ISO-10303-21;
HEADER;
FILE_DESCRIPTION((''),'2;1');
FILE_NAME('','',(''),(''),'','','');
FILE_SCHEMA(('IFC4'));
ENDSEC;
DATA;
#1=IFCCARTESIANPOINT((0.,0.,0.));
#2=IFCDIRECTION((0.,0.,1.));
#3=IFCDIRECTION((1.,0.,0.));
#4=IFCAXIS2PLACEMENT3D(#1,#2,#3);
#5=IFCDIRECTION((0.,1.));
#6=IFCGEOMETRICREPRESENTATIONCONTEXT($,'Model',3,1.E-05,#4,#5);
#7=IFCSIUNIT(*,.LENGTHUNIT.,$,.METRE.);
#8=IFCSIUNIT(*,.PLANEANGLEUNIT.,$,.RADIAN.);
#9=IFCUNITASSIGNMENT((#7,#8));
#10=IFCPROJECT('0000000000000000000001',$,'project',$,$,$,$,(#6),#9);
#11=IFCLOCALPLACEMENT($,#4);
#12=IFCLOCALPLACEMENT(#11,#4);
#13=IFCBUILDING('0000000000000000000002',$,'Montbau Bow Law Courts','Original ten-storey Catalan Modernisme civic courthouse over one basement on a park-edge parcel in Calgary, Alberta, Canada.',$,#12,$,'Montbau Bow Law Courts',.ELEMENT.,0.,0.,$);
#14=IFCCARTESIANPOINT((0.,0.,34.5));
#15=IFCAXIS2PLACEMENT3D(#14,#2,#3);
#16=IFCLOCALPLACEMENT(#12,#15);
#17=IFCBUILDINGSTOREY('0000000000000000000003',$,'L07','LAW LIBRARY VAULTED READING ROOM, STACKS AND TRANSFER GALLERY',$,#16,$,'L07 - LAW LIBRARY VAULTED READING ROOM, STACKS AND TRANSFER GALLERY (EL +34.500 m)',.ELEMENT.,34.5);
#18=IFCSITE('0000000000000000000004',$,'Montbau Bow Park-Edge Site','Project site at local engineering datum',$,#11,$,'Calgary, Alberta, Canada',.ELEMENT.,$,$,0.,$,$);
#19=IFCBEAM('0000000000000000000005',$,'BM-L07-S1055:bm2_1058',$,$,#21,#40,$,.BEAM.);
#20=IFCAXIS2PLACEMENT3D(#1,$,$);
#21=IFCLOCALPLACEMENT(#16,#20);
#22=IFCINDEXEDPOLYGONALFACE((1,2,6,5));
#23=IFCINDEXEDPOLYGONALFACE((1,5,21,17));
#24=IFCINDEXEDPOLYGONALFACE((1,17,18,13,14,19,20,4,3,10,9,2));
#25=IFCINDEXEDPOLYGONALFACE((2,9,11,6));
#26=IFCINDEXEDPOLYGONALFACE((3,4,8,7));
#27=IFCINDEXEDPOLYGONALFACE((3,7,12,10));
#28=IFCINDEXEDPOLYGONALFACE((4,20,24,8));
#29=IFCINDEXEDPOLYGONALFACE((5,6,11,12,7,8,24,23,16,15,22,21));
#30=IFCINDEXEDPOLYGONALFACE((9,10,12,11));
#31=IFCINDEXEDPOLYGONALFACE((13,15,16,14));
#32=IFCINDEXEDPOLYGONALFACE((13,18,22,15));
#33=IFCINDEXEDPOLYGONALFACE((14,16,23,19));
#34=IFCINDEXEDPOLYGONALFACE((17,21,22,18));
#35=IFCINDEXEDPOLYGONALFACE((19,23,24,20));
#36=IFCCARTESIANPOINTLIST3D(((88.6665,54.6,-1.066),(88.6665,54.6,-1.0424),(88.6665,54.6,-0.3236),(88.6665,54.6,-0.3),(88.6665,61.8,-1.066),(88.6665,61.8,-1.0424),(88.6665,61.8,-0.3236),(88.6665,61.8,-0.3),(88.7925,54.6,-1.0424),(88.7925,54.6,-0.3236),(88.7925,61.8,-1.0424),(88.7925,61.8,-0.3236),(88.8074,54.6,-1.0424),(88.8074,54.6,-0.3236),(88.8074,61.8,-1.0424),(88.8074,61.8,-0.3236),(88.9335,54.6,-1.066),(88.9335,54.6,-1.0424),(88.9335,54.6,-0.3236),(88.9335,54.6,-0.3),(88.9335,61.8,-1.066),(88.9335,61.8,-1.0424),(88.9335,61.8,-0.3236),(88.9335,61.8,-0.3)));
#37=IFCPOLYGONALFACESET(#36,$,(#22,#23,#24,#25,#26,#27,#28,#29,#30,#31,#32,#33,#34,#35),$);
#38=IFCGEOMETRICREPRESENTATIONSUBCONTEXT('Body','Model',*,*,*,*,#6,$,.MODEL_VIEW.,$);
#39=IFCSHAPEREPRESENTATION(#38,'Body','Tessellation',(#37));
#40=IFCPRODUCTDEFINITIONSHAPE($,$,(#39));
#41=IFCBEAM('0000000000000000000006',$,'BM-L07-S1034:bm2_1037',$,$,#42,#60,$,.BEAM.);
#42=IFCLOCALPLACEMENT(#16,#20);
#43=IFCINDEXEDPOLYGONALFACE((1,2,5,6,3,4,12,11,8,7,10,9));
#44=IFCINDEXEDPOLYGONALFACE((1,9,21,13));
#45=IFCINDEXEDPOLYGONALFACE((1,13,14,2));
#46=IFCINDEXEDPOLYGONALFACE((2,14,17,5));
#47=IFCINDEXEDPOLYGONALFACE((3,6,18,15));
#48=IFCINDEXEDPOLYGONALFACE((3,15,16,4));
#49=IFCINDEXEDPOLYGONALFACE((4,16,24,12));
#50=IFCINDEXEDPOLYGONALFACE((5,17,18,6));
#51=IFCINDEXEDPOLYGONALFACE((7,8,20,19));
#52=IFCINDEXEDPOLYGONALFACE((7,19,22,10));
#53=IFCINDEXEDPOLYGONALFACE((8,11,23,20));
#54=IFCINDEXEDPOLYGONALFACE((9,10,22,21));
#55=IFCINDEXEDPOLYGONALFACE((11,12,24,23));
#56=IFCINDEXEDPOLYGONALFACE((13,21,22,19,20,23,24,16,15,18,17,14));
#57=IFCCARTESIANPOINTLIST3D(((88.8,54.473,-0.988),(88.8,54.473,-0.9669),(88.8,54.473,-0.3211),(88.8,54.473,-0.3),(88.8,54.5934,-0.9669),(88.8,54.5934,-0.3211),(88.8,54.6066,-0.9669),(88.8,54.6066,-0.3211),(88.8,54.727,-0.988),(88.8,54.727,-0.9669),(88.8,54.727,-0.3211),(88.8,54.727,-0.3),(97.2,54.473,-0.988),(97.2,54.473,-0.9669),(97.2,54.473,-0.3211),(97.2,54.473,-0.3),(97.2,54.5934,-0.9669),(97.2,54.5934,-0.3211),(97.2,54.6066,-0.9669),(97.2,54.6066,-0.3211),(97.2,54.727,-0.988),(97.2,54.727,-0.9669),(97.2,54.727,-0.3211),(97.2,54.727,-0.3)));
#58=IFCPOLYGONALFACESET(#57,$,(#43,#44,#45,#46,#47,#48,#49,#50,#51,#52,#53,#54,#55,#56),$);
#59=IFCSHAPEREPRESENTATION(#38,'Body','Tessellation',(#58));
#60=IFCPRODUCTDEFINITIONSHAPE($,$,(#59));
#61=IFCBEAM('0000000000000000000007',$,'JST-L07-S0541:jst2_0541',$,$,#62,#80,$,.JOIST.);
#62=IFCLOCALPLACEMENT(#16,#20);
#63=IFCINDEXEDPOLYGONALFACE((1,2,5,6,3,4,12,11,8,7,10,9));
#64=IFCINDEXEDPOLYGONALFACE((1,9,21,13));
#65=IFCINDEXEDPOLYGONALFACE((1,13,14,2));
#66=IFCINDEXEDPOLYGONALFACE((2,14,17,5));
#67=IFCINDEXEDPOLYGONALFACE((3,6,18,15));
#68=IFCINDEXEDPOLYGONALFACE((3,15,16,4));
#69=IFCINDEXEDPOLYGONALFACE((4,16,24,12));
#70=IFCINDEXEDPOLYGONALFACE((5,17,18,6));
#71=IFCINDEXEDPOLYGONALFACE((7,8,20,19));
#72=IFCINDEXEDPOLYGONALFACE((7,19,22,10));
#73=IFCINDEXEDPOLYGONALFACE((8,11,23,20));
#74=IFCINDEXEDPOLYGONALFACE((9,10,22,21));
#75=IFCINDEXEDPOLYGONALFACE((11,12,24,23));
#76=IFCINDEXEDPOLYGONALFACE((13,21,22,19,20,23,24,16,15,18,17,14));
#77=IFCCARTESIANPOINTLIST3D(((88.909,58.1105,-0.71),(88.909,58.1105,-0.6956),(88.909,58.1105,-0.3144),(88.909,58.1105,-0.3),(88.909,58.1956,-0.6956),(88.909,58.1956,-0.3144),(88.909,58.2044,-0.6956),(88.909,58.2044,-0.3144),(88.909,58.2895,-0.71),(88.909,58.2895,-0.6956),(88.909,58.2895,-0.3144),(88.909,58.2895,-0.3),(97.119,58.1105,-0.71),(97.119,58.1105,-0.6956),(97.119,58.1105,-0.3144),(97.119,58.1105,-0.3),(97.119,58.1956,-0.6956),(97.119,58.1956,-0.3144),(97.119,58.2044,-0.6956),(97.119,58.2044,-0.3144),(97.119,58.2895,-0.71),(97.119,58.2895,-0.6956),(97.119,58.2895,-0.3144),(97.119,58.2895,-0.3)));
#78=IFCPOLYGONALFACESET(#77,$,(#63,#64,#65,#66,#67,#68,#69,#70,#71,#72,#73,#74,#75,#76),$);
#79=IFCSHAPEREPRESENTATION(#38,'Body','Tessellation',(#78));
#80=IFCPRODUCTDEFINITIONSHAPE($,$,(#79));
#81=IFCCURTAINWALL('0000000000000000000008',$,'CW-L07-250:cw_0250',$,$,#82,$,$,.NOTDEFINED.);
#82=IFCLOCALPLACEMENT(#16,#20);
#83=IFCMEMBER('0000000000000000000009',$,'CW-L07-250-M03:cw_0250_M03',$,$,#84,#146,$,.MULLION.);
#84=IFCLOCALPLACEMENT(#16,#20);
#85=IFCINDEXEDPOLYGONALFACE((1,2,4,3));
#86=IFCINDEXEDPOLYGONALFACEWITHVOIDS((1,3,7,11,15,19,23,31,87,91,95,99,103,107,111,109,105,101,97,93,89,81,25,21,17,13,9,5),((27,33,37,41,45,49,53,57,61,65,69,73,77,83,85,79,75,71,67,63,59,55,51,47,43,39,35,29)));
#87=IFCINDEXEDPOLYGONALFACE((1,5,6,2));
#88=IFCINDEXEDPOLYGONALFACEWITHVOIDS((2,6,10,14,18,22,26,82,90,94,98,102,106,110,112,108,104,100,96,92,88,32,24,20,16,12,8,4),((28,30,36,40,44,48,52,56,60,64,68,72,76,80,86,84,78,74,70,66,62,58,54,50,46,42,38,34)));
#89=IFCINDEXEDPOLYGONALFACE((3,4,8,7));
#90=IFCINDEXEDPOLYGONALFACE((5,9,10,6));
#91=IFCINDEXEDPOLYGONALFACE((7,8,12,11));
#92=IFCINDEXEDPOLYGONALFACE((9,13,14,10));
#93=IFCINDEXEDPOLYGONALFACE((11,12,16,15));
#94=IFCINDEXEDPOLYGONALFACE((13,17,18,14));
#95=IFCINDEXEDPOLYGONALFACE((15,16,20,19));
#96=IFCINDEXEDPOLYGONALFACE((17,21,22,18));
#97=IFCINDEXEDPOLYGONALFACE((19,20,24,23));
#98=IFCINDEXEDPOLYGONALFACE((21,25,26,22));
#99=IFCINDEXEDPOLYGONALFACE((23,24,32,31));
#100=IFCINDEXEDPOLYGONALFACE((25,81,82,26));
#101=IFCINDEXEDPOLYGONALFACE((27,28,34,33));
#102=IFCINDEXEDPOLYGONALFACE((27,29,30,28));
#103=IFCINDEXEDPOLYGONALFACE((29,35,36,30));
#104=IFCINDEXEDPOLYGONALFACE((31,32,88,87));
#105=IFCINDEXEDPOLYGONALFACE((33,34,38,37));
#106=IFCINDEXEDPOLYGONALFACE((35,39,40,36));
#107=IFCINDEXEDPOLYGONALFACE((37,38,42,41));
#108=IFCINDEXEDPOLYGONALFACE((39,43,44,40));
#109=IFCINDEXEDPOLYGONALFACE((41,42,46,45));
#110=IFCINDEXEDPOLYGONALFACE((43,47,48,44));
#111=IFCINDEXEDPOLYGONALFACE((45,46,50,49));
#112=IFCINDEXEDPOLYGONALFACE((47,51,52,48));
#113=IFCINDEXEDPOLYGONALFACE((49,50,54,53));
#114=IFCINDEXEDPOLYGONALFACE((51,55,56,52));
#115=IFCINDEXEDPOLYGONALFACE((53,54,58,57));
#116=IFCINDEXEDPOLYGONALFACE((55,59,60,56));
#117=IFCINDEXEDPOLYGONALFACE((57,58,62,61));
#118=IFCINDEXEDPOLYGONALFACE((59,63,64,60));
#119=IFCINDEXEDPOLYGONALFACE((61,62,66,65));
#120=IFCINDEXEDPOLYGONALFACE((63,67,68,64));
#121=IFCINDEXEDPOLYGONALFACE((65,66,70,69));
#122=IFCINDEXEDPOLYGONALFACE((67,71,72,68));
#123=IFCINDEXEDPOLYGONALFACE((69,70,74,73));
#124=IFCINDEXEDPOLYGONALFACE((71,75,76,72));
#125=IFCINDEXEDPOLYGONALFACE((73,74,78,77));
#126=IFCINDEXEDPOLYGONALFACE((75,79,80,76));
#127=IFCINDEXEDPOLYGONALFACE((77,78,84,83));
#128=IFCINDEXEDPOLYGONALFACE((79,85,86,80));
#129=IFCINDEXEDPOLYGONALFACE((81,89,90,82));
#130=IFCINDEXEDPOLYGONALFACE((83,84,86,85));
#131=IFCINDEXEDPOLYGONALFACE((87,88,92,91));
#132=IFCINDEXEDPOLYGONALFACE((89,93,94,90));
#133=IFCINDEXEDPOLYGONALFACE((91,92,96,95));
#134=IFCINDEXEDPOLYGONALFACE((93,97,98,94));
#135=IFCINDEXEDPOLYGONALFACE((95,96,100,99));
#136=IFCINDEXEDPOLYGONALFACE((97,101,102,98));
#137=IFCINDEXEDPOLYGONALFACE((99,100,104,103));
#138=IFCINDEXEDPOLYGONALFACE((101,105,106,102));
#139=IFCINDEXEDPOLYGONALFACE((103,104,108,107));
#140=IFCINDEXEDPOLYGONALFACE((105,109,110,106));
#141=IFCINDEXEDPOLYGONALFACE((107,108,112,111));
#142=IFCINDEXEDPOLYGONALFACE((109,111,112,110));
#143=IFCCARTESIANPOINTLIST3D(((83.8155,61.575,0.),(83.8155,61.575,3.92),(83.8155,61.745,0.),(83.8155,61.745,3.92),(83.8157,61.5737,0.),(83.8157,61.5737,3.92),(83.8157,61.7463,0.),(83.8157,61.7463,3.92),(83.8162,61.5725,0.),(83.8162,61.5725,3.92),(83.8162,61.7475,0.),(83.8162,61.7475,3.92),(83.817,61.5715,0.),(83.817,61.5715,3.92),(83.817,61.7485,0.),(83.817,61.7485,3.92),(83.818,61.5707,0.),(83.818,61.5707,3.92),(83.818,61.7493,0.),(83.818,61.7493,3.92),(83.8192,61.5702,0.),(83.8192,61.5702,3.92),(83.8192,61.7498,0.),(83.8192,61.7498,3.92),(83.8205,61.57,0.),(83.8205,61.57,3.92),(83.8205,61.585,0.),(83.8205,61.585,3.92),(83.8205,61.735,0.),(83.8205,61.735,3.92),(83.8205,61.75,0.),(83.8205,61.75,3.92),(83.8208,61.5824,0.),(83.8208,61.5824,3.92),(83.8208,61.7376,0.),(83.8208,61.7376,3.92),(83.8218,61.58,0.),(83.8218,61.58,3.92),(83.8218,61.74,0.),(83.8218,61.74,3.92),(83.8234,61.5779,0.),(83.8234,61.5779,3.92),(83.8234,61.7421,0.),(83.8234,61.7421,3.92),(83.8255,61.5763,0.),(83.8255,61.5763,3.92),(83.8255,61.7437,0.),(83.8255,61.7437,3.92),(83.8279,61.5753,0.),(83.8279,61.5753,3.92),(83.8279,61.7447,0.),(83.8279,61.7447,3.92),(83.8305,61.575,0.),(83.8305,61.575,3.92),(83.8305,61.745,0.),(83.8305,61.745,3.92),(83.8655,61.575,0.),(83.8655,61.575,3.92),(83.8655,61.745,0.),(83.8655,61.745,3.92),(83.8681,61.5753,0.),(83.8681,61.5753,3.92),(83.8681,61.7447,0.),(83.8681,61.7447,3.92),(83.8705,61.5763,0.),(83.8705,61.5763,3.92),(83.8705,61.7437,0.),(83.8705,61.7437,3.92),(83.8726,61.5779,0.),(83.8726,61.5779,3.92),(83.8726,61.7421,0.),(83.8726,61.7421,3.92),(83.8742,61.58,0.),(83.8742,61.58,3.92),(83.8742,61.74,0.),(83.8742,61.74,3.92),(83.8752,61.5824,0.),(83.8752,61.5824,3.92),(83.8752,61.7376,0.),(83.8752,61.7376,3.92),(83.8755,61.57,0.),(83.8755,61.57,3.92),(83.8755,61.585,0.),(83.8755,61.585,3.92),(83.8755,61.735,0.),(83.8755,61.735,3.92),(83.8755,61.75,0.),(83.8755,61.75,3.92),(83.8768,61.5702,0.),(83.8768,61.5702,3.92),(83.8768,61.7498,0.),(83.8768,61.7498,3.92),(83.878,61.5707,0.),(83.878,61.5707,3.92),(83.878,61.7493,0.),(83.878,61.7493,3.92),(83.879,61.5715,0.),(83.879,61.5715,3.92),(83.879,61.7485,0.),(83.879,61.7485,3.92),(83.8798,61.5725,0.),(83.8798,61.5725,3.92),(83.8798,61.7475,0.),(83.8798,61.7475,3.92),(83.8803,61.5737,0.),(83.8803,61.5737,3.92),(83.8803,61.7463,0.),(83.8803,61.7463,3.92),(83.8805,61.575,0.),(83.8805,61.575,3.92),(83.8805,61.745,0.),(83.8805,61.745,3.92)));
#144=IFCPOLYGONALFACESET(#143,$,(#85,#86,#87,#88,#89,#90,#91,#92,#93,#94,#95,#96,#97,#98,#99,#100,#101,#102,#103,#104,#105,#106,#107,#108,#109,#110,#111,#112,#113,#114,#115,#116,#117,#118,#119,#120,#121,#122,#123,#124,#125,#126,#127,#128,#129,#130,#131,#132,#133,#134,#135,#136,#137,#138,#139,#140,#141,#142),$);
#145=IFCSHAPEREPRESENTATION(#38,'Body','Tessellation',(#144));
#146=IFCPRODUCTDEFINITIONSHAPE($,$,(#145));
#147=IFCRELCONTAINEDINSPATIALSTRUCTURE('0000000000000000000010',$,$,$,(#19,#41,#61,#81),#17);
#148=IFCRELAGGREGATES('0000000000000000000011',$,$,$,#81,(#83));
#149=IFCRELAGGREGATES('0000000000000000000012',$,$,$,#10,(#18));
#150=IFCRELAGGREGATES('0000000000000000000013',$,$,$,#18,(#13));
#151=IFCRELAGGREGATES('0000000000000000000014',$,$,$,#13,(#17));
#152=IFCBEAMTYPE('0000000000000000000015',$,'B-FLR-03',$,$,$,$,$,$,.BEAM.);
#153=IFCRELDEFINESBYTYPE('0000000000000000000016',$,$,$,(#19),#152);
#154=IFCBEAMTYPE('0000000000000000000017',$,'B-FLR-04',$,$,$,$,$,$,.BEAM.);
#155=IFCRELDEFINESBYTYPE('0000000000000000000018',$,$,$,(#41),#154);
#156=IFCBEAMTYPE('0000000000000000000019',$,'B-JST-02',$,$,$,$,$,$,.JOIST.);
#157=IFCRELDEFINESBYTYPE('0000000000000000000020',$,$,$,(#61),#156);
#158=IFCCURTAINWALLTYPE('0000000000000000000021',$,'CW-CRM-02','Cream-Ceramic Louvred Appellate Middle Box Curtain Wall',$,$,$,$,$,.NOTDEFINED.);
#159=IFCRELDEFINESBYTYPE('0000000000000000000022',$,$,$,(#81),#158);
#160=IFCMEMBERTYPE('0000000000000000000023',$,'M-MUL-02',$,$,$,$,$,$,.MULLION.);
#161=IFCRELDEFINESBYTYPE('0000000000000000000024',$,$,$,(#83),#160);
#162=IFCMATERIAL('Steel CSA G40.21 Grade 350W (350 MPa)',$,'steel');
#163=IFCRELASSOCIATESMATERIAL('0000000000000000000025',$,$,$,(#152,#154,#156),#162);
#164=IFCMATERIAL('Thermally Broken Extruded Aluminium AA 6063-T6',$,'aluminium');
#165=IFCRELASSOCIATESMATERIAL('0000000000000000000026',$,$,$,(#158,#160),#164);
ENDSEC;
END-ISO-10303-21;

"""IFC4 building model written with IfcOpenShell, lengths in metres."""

from ifc_helpers import new_model, si_unit, direction, frame, origin_with_axes, origin_2d_with_axis, place, context, subcontext, project, spatial, hollow_rectangle, i_section, extrude, material, material_profile, profile_set, type_object, element, aggregate, save


model = new_model("IFC4")

# Units and contexts
model_context = context("Model", 3, precision=1e-05, world=origin_with_axes(), true_north=direction((0.0, 1.0)))
body_context = subcontext(model_context, "Body", "Model", "MODEL_VIEW")
ifc_project = project(units=[si_unit("LENGTHUNIT", "METRE"), si_unit("PLANEANGLEUNIT", "RADIAN")], contexts=[model_context])

# Site, building, storey
site_placement = place(None, origin_with_axes())
site = spatial("IfcSite", under=ifc_project, at=site_placement, Name="Montbau Bow Park-Edge Site", Description="Project site at local engineering datum", LongName="Calgary, Alberta, Canada", CompositionType="ELEMENT", RefElevation=0.0)
building_placement = place(site_placement, origin_with_axes())
building = spatial("IfcBuilding", under=site, at=building_placement, Name="Montbau Bow Law Courts", Description="Original ten-storey Catalan Modernisme civic courthouse over one basement on a park-edge parcel in Calgary, Alberta, Canada.", LongName="Montbau Bow Law Courts", CompositionType="ELEMENT", ElevationOfRefHeight=0.0, ElevationOfTerrain=0.0)
storey_placement = place(building_placement, frame((0.0, 0.0, 34.5), z_axis=(0.0, 0.0, 1.0), x_axis=(1.0, 0.0, 0.0)))
storey = spatial("IfcBuildingStorey", under=building, at=storey_placement, Name="L07", Description="LAW LIBRARY VAULTED READING ROOM, STACKS AND TRANSFER GALLERY", LongName="L07 - LAW LIBRARY VAULTED READING ROOM, STACKS AND TRANSFER GALLERY (EL +34.500 m)", CompositionType="ELEMENT", Elevation=34.5)

# Beams
ifc_material_1 = material(Name="Steel CSA G40.21 Grade 350W (350 MPa)", Category="steel")
ifc_material_profile_1 = material_profile(ifc_material_1, i_section(OverallWidth=0.267, OverallDepth=0.766, WebThickness=0.0149, FlangeThickness=0.0236, at=origin_2d_with_axis()), Name="W760X185", Category="Main", Priority=0)
ifc_profile_set_1 = profile_set([ifc_material_profile_1], Name="Steel CSA G40.21 Grade 350W (350 MPa)")
beam_type_1 = type_object("IfcBeamType", Name="B-FLR-03", PredefinedType="BEAM", material=ifc_profile_set_1)
beam_1_placement = place(None, frame((88.8, 54.6, 33.817), z_axis=(0.0, 1.0, 0.0), x_axis=(-1.0, 0.0, 0.0)))
element("IfcBeam", 1, at=beam_1_placement, inside=storey, type_object=beam_type_1, Name="BM-L07-S1055:bm2_1058", PredefinedType="BEAM", context=body_context, shape_type="SweptSolid", body=[
    extrude(i_section(OverallWidth=0.267, OverallDepth=0.766, WebThickness=0.0149, FlangeThickness=0.0236, at=origin_2d_with_axis()), origin_with_axes(), (0.0, 0.0, 1.0), 7.2),
])
ifc_material_profile_2 = material_profile(ifc_material_1, i_section(OverallWidth=0.254, OverallDepth=0.688, WebThickness=0.0131, FlangeThickness=0.0211, at=origin_2d_with_axis()), Name="W690X152", Category="Main", Priority=0)
ifc_profile_set_2 = profile_set([ifc_material_profile_2], Name="Steel CSA G40.21 Grade 350W (350 MPa)")
beam_type_2 = type_object("IfcBeamType", Name="B-FLR-04", PredefinedType="BEAM", material=ifc_profile_set_2)
beam_2_placement = place(None, frame((88.8, 54.6, 33.856), z_axis=(1.0, 0.0, 0.0), x_axis=(0.0, 1.0, 0.0)))
element("IfcBeam", 2, at=beam_2_placement, inside=storey, type_object=beam_type_2, Name="BM-L07-S1034:bm2_1037", PredefinedType="BEAM", context=body_context, shape_type="SweptSolid", body=[
    extrude(i_section(OverallWidth=0.254, OverallDepth=0.688, WebThickness=0.0131, FlangeThickness=0.0211, at=origin_2d_with_axis()), origin_with_axes(), (0.0, 0.0, 1.0), 8.4),
])
ifc_material_profile_3 = material_profile(ifc_material_1, i_section(OverallWidth=0.179, OverallDepth=0.41, WebThickness=0.0088, FlangeThickness=0.0144, at=origin_2d_with_axis()), Name="W410X67", Category="Main", Priority=0)
ifc_profile_set_3 = profile_set([ifc_material_profile_3], Name="Steel CSA G40.21 Grade 350W (350 MPa)")
beam_type_3 = type_object("IfcBeamType", Name="B-JST-02", PredefinedType="JOIST", material=ifc_profile_set_3)
beam_3_placement = place(None, frame((88.909, 58.2, 33.995), z_axis=(1.0, 0.0, 0.0), x_axis=(0.0, 1.0, 0.0)))
element("IfcBeam", 3, at=beam_3_placement, inside=storey, type_object=beam_type_3, Name="JST-L07-S0541:jst2_0541", PredefinedType="JOIST", context=body_context, shape_type="SweptSolid", body=[
    extrude(i_section(OverallWidth=0.179, OverallDepth=0.41, WebThickness=0.0088, FlangeThickness=0.0144, at=origin_2d_with_axis()), origin_with_axes(), (0.0, 0.0, 1.0), 8.21),
])

# Curtain wall, member
ifc_material_2 = material(Name="Thermally Broken Extruded Aluminium AA 6063-T6", Category="aluminium")
curtain_wall_type = type_object("IfcCurtainWallType", Name="CW-CRM-02", Description="Cream-Ceramic Louvred Appellate Middle Box Curtain Wall", PredefinedType="NOTDEFINED", material=ifc_material_2)
curtain_wall_1_placement = place(None, frame((80.84, 61.66, 34.5), z_axis=(0.0, 0.0, 1.0), x_axis=(1.0, 0.0, 0.0)))
curtain_wall_1 = element("IfcCurtainWall", 4, at=curtain_wall_1_placement, inside=storey, type_object=curtain_wall_type, Name="CW-L07-250:cw_0250", PredefinedType="NOTDEFINED")
ifc_material_profile_4 = material_profile(ifc_material_2, hollow_rectangle(XDim=0.065, YDim=0.18, WallThickness=0.005, InnerFilletRadius=0.01, OuterFilletRadius=0.005, at=origin_2d_with_axis()), Name="CWM-180X65", Category="Main", Priority=0)
ifc_profile_set_4 = profile_set([ifc_material_profile_4], Name="Thermally Broken Extruded Aluminium AA 6063-T6")
member_type_1 = type_object("IfcMemberType", Name="M-MUL-02", PredefinedType="MULLION", material=ifc_profile_set_4)
member_1_placement = place(None, frame((83.848, 61.66, 34.5), z_axis=(0.0, 0.0, 1.0), x_axis=(1.0, 0.0, 0.0)))
member_1 = element("IfcMember", 5, at=member_1_placement, type_object=member_type_1, Name="CW-L07-250-M03:cw_0250_M03", PredefinedType="MULLION", context=body_context, shape_type="SweptSolid", body=[
    extrude(hollow_rectangle(XDim=0.065, YDim=0.18, WallThickness=0.005, InnerFilletRadius=0.01, OuterFilletRadius=0.005, at=origin_2d_with_axis()), origin_with_axes(), (0.0, 0.0, 1.0), 3.92),
])

aggregate(curtain_wall_1, [member_1])

save(model, "model.ifc")
